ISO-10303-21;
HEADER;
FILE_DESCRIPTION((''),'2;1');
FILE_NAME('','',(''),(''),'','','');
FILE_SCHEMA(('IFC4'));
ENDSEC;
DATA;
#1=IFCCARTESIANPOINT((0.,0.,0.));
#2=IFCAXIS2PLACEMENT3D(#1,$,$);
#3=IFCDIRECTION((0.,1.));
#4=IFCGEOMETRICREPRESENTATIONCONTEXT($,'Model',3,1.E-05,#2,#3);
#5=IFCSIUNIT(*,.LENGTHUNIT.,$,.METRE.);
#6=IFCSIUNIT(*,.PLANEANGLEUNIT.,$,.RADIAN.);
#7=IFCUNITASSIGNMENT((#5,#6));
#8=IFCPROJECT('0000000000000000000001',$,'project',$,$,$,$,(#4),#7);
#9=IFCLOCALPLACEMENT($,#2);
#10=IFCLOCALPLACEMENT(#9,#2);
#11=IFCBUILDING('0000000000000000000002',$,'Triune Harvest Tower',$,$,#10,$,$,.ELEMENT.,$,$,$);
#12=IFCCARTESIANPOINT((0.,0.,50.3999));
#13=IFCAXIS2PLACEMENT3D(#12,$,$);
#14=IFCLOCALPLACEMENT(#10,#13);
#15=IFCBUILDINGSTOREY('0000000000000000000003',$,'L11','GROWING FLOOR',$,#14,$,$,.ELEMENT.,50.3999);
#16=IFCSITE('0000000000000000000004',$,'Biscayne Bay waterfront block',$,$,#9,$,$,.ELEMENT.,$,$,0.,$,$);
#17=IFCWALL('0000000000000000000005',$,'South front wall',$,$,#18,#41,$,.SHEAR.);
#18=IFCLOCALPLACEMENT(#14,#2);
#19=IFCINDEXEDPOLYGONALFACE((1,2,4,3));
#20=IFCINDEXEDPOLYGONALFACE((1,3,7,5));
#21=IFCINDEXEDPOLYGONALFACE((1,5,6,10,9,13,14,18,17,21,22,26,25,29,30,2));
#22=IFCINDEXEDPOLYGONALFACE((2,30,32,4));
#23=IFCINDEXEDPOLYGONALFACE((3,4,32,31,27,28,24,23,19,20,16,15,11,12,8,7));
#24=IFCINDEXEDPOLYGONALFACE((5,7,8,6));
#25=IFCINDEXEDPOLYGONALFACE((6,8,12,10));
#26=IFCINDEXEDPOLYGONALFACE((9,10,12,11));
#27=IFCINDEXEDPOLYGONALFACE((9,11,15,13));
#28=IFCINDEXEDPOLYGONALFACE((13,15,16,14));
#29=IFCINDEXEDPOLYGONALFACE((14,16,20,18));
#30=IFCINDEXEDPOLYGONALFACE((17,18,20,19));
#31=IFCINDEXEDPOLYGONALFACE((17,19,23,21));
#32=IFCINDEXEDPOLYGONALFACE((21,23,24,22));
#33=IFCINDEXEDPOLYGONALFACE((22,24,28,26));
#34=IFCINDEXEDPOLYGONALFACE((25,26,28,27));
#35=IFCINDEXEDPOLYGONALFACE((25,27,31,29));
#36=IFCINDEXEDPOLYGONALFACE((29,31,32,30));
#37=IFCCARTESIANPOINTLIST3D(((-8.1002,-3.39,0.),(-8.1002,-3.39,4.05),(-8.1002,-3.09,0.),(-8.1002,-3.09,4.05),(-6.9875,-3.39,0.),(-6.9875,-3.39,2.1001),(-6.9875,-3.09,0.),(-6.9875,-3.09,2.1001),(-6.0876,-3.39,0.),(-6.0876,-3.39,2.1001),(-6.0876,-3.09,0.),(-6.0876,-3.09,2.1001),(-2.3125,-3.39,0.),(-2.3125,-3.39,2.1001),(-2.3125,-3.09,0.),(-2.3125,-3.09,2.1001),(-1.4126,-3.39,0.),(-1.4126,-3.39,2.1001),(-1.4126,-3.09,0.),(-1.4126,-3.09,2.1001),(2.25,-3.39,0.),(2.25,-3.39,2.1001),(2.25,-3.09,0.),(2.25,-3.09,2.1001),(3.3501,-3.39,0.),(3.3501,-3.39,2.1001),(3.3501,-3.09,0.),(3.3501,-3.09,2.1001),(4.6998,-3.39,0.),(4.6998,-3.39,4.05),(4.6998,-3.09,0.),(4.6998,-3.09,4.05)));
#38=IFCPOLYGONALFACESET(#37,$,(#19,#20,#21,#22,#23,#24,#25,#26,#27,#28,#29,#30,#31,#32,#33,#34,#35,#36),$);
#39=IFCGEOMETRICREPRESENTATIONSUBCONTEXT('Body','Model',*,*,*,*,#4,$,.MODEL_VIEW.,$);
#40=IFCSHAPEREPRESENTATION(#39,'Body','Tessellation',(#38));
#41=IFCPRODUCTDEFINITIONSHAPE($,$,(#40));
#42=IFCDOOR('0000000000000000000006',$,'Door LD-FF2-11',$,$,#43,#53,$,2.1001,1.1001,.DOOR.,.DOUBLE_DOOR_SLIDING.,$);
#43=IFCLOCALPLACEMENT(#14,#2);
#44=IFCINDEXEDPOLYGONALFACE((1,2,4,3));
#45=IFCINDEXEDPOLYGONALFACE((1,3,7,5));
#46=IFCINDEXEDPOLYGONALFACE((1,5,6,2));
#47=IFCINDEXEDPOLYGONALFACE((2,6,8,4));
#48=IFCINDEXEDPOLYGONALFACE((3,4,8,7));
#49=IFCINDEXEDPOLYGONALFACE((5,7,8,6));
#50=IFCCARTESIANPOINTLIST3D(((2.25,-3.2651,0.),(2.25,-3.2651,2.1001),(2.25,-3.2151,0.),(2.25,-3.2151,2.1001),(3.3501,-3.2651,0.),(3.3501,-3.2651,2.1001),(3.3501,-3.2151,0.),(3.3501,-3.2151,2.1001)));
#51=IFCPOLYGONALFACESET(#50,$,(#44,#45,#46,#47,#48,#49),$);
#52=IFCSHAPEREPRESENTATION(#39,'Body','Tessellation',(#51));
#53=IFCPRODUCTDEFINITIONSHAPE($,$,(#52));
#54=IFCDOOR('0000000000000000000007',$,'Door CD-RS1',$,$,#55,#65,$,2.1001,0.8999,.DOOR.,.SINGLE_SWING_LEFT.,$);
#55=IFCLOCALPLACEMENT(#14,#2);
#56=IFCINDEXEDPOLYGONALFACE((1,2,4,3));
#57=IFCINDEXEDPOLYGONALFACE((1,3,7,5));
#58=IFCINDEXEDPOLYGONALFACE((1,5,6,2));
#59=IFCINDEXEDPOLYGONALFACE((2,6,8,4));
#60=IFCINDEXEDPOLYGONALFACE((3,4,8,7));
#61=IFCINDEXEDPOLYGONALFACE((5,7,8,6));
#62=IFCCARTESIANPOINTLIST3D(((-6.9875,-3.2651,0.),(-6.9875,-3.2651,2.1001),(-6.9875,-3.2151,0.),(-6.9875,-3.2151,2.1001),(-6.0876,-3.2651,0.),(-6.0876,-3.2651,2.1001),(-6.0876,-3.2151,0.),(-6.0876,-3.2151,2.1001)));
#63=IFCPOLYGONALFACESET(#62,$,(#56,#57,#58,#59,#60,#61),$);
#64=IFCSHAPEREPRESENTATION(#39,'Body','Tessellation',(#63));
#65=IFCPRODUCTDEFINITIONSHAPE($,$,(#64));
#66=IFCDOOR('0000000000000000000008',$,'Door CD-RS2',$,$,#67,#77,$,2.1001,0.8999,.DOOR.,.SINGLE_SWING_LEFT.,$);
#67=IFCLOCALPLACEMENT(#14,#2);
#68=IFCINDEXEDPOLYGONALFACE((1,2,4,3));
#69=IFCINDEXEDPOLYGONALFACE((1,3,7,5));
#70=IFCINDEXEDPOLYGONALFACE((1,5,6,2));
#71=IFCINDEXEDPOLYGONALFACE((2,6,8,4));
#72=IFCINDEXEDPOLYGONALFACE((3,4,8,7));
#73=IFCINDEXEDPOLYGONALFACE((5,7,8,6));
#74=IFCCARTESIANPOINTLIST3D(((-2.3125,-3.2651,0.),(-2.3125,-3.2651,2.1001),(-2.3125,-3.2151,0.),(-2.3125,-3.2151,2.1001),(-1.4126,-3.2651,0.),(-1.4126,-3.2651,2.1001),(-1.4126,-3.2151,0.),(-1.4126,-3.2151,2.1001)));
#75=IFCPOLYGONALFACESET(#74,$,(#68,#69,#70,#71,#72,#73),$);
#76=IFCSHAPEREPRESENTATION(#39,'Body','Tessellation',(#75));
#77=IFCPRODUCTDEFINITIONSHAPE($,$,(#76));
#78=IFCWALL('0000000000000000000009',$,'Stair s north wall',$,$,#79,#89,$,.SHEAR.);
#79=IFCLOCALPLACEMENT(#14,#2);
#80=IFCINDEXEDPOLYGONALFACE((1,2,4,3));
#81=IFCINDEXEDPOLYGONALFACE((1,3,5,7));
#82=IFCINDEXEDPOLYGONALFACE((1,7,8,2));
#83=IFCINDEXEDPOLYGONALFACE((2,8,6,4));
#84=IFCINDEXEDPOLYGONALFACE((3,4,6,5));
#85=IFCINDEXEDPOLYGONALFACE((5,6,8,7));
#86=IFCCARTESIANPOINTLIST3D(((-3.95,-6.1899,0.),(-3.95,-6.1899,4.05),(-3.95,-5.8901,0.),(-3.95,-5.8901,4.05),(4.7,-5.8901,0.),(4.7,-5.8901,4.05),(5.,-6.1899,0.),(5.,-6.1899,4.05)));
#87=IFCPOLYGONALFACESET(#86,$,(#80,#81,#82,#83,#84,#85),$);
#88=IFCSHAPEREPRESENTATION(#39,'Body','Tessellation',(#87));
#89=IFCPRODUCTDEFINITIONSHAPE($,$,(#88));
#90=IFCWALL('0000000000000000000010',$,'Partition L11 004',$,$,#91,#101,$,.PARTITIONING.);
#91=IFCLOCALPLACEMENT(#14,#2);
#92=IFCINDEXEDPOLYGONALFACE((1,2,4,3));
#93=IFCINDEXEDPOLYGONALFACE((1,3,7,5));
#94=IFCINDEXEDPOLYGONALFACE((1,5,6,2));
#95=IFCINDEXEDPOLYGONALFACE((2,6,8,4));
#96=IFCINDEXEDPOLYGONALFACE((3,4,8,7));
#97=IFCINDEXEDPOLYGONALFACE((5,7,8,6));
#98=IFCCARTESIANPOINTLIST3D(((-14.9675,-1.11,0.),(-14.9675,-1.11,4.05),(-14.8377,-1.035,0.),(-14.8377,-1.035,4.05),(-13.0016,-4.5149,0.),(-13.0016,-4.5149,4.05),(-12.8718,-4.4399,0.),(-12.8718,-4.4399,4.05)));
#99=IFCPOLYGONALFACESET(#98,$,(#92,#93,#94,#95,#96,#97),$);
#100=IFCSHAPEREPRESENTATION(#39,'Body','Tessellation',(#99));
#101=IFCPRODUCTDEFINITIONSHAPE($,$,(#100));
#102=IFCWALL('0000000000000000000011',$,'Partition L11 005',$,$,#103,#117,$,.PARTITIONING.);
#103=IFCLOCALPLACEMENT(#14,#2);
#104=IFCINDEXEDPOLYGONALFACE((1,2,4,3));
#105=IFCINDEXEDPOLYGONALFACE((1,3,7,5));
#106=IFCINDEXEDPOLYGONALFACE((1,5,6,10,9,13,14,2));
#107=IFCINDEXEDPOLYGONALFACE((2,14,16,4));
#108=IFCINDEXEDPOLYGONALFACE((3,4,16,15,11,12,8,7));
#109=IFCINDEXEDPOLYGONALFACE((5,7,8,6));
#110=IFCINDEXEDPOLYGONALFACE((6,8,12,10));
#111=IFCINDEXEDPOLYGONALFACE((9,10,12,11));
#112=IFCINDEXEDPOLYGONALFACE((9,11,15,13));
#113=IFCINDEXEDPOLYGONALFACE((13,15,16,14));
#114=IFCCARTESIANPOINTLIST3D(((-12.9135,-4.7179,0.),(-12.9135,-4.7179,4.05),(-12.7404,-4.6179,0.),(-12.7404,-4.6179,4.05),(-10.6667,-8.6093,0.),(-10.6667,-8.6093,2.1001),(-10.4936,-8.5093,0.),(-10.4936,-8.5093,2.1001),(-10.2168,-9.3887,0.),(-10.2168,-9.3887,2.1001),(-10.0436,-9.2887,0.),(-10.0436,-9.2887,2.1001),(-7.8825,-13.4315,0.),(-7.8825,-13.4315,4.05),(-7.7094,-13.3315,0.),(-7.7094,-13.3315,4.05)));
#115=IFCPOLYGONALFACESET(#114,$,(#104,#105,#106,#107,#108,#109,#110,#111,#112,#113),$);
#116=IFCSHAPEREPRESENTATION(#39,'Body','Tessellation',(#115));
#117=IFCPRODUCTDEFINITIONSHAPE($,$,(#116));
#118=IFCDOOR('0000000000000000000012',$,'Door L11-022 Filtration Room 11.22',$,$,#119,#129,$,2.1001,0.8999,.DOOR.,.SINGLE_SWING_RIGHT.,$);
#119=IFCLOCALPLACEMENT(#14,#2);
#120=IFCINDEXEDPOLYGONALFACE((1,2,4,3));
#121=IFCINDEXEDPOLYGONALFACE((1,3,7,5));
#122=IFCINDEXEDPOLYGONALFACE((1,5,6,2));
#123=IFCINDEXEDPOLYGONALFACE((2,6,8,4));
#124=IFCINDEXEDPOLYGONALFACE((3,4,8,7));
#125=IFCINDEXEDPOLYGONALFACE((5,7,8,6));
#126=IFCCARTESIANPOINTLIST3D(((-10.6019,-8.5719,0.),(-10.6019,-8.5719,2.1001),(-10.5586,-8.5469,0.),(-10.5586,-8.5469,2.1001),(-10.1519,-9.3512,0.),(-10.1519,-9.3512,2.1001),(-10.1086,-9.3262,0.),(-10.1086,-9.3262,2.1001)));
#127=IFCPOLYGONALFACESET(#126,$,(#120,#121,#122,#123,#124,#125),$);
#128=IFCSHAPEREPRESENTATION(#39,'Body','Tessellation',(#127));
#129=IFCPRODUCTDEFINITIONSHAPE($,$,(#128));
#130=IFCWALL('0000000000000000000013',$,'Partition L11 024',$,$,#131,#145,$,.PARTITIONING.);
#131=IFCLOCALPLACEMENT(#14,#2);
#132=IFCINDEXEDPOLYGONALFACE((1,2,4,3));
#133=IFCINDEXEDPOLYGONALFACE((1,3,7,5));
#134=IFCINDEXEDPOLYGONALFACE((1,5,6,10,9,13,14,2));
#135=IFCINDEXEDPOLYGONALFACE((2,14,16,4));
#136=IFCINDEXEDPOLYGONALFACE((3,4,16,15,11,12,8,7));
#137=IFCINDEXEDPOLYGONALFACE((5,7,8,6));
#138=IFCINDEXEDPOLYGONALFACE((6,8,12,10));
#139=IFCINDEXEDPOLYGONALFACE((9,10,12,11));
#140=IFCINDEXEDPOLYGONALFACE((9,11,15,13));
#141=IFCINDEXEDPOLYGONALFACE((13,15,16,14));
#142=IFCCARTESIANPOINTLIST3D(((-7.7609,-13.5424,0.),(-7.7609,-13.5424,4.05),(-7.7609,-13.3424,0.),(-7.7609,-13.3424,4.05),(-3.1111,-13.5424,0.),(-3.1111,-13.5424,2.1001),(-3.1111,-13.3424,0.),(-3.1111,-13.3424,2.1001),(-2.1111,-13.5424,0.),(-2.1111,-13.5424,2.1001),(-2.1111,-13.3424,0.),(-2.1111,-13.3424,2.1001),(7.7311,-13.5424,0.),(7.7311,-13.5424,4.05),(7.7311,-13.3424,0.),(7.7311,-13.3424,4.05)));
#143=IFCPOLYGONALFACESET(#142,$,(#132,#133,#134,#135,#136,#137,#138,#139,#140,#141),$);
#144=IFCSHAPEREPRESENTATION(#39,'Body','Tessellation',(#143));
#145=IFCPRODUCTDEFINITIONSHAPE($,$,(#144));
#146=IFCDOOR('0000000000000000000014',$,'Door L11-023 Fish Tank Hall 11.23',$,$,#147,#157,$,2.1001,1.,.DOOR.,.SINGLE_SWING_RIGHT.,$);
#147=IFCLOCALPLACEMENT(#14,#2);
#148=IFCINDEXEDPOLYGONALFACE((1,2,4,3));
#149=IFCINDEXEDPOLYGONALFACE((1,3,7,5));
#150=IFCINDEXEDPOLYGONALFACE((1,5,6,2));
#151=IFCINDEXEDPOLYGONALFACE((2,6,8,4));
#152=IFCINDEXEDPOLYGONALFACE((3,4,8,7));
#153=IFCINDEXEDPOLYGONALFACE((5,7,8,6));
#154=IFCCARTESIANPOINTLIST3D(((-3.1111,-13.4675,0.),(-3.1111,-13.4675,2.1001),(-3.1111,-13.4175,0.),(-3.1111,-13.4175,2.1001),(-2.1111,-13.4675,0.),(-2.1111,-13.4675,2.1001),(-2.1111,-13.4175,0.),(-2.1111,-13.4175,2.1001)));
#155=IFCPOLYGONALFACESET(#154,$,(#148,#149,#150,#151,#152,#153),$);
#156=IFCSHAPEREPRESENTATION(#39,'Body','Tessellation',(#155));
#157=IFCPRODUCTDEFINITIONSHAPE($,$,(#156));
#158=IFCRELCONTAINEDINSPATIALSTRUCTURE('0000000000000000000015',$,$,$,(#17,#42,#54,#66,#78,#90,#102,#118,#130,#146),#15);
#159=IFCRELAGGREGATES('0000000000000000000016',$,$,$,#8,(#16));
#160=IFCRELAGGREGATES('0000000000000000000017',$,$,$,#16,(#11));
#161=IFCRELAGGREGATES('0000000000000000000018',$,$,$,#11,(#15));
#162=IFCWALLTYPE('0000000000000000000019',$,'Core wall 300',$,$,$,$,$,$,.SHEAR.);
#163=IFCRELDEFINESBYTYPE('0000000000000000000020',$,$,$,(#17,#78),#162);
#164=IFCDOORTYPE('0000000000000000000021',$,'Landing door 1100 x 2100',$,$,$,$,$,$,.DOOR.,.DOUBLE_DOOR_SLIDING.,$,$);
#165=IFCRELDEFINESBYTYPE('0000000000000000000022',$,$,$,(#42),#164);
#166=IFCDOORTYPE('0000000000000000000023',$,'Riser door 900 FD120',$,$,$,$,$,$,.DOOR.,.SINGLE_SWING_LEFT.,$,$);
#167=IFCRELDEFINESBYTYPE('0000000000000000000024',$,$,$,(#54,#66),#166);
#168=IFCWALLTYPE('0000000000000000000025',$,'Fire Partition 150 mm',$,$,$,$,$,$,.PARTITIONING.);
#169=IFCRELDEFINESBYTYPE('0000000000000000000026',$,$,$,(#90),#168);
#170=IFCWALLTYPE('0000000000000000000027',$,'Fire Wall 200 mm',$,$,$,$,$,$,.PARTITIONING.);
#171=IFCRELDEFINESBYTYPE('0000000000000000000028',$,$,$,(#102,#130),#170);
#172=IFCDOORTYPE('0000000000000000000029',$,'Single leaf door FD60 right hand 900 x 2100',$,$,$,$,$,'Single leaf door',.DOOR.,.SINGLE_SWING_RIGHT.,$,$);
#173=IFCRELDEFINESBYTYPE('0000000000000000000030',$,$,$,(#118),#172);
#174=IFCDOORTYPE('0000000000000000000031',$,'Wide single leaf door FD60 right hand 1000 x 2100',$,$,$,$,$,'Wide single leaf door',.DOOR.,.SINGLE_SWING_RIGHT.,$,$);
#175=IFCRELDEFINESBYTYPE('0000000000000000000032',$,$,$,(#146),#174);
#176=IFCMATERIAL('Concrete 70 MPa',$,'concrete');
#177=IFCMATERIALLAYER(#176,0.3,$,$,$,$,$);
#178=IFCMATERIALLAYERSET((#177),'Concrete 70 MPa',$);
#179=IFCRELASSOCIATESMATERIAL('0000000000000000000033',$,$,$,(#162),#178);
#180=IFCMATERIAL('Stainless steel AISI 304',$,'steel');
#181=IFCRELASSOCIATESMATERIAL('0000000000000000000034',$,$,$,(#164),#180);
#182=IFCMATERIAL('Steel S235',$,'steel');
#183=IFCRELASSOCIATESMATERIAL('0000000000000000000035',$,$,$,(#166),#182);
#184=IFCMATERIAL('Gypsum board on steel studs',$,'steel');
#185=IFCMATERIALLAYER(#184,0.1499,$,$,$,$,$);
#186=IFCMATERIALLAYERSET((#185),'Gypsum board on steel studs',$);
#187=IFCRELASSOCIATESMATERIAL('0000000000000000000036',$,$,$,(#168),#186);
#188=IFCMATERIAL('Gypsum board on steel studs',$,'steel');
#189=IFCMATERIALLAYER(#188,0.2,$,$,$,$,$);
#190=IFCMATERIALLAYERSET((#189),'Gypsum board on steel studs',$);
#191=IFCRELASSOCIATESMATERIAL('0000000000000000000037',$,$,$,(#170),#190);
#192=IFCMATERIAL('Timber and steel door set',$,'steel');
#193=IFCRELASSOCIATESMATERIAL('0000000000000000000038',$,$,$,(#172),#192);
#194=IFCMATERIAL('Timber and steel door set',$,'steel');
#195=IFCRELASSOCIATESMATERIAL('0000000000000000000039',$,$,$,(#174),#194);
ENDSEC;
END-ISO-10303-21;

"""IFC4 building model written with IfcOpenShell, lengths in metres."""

from ifc_helpers import new_model, si_unit, direction, frame, frame_2d, origin, place, context, subcontext, project, spatial, polyline, rectangle, outline, extrude, material, layer, layer_set, type_object, element, fill, save


model = new_model("IFC4")

# Units and contexts
model_context = context("Model", 3, precision=1e-05, world=origin(), true_north=direction((0.0, 1.0)))
body_context = subcontext(model_context, "Body", "Model", "MODEL_VIEW")
ifc_project = project(units=[si_unit("LENGTHUNIT", "METRE"), si_unit("PLANEANGLEUNIT", "RADIAN")], contexts=[model_context])

# Site, building, storey
site_placement = place(None, origin())
site = spatial("IfcSite", under=ifc_project, at=site_placement, Name="Biscayne Bay waterfront block", CompositionType="ELEMENT", RefElevation=0.0)
building_placement = place(site_placement, origin())
building = spatial("IfcBuilding", under=site, at=building_placement, Name="Triune Harvest Tower", CompositionType="ELEMENT")
storey_placement = place(building_placement, frame((0.0, 0.0, 50.3999)))
storey = spatial("IfcBuildingStorey", under=building, at=storey_placement, Name="L11", Description="GROWING FLOOR", CompositionType="ELEMENT", Elevation=50.3999)

# Wall, openings, doors
ifc_material_1 = material(Name="Concrete 70 MPa", Category="concrete")
ifc_layer_1 = layer(ifc_material_1, 0.3)
ifc_layer_set_1 = layer_set([ifc_layer_1], Name="Concrete 70 MPa")
wall_type_1 = type_object("IfcWallType", Name="Core wall 300", PredefinedType="SHEAR", material=ifc_layer_set_1)
ifc_material_2 = material(Name="Stainless steel AISI 304", Category="steel")
door_type_1 = type_object("IfcDoorType", Name="Landing door 1100 x 2100", OperationType="DOUBLE_DOOR_SLIDING", PredefinedType="DOOR", material=ifc_material_2)
wall_1_placement = place(storey_placement, frame((-8.1001, -3.24, 0.0), z_axis=(0.0, 0.0, 1.0), x_axis=(1.0, 0.0, 0.0)))
wall_1 = element("IfcWall", 1, at=wall_1_placement, inside=storey, type_object=wall_type_1, Name="South front wall", PredefinedType="SHEAR", context=body_context, shape_type="SweptSolid", body=[
    extrude(rectangle(XDim=12.8, YDim=0.3, at=frame_2d((6.3999, 0.0))), origin(), (0.0, 0.0, 1.0), 4.05),
])
opening_1_placement = place(wall_1_placement, frame((1.1125, 0.0, 0.0)))
opening_1 = element("IfcOpeningElement", 2, at=opening_1_placement, cuts=wall_1, PredefinedType="OPENING", context=body_context, shape_type="SweptSolid", body=[
    extrude(rectangle(XDim=0.8999, YDim=2.1001, at=frame_2d((0.45, 1.05))), frame((0.0, 0.1602, 0.0), z_axis=(0.0, -1.0, 0.0), x_axis=(1.0, 0.0, 0.0)), (0.0, 0.0, 1.0), 0.3201),
])
opening_2_placement = place(wall_1_placement, frame((5.7876, 0.0, 0.0)))
opening_2 = element("IfcOpeningElement", 3, at=opening_2_placement, cuts=wall_1, PredefinedType="OPENING", context=body_context, shape_type="SweptSolid", body=[
    extrude(rectangle(XDim=0.8999, YDim=2.1001, at=frame_2d((0.45, 1.05))), frame((0.0, 0.1602, 0.0), z_axis=(0.0, -1.0, 0.0), x_axis=(1.0, 0.0, 0.0)), (0.0, 0.0, 1.0), 0.3201),
])
opening_3_placement = place(wall_1_placement, frame((10.3501, 0.0, 0.0)))
opening_3 = element("IfcOpeningElement", 4, at=opening_3_placement, cuts=wall_1, PredefinedType="OPENING", context=body_context, shape_type="SweptSolid", body=[
    extrude(rectangle(XDim=1.1001, YDim=2.1001, at=frame_2d((0.55, 1.05))), frame((0.0, 0.1602, 0.0), z_axis=(0.0, -1.0, 0.0), x_axis=(1.0, 0.0, 0.0)), (0.0, 0.0, 1.0), 0.3201),
])
door_1_placement = place(opening_3_placement, origin())
door_1 = element("IfcDoor", 5, at=door_1_placement, inside=storey, type_object=door_type_1, Name="Door LD-FF2-11", OperationType="DOUBLE_DOOR_SLIDING", OverallHeight=2.1001, OverallWidth=1.1001, PredefinedType="DOOR", context=body_context, shape_type="SweptSolid", body=[
    extrude(rectangle(XDim=1.1001, YDim=2.1001, at=frame_2d((0.55, 1.05))), frame((0.0, 0.0249, 0.0), z_axis=(0.0, -1.0, 0.0), x_axis=(1.0, 0.0, 0.0)), (0.0, 0.0, 1.0), 0.05),
])
fill(opening_3, door_1)
ifc_material_3 = material(Name="Steel S235", Category="steel")
door_type_2 = type_object("IfcDoorType", Name="Riser door 900 FD120", OperationType="SINGLE_SWING_LEFT", PredefinedType="DOOR", material=ifc_material_3)
door_2_placement = place(opening_1_placement, origin())
door_2 = element("IfcDoor", 6, at=door_2_placement, inside=storey, type_object=door_type_2, Name="Door CD-RS1", OperationType="SINGLE_SWING_LEFT", OverallHeight=2.1001, OverallWidth=0.8999, PredefinedType="DOOR", context=body_context, shape_type="SweptSolid", body=[
    extrude(rectangle(XDim=0.8999, YDim=2.1001, at=frame_2d((0.45, 1.05))), frame((0.0, 0.0249, 0.0), z_axis=(0.0, -1.0, 0.0), x_axis=(1.0, 0.0, 0.0)), (0.0, 0.0, 1.0), 0.05),
])
fill(opening_1, door_2)
door_3_placement = place(opening_2_placement, origin())
door_3 = element("IfcDoor", 7, at=door_3_placement, inside=storey, type_object=door_type_2, Name="Door CD-RS2", OperationType="SINGLE_SWING_LEFT", OverallHeight=2.1001, OverallWidth=0.8999, PredefinedType="DOOR", context=body_context, shape_type="SweptSolid", body=[
    extrude(rectangle(XDim=0.8999, YDim=2.1001, at=frame_2d((0.45, 1.05))), frame((0.0, 0.0249, 0.0), z_axis=(0.0, -1.0, 0.0), x_axis=(1.0, 0.0, 0.0)), (0.0, 0.0, 1.0), 0.05),
])
fill(opening_2, door_3)

# Walls
wall_2_placement = place(storey_placement, frame((-3.95, -6.04, 0.0), z_axis=(0.0, 0.0, 1.0), x_axis=(1.0, 0.0, 0.0)))
element("IfcWall", 8, at=wall_2_placement, inside=storey, type_object=wall_type_1, Name="Stair s north wall", PredefinedType="SHEAR", context=body_context, shape_type="SweptSolid", body=[
    extrude(outline(polyline([(0.0, -0.1499), (8.95, -0.1499), (8.6499, 0.1499), (0.0, 0.1499), (0.0, -0.1499)])), origin(), (0.0, 0.0, 1.0), 4.05),
])
ifc_material_4 = material(Name="Gypsum board on steel studs", Category="steel")
ifc_layer_2 = layer(ifc_material_4, 0.1499)
ifc_layer_set_2 = layer_set([ifc_layer_2], Name="Gypsum board on steel studs")
wall_type_2 = type_object("IfcWallType", Name="Fire Partition 150 mm", PredefinedType="PARTITIONING", material=ifc_layer_set_2)
wall_3_placement = place(storey_placement, frame((-14.9026, -1.0725, 0.0), z_axis=(0.0, 0.0, 1.0), x_axis=(0.500013, -0.866018, 0.0)))
element("IfcWall", 9, at=wall_3_placement, inside=storey, type_object=wall_type_2, Name="Partition L11 004", PredefinedType="PARTITIONING", context=body_context, shape_type="SweptSolid", body=[
    extrude(rectangle(XDim=3.9316, YDim=0.1499, at=frame_2d((1.9658, 0.0))), origin(), (0.0, 0.0, 1.0), 4.05),
])

# Walls, openings, doors
ifc_material_5 = material(Name="Gypsum board on steel studs", Category="steel")
ifc_layer_3 = layer(ifc_material_5, 0.2)
ifc_layer_set_3 = layer_set([ifc_layer_3], Name="Gypsum board on steel studs")
wall_type_3 = type_object("IfcWallType", Name="Fire Wall 200 mm", PredefinedType="PARTITIONING", material=ifc_layer_set_3)
wall_4_placement = place(storey_placement, frame((-12.8269, -4.668, 0.0), z_axis=(0.0, 0.0, 1.0), x_axis=(0.500014, -0.866017, 0.0)))
wall_4 = element("IfcWall", 10, at=wall_4_placement, inside=storey, type_object=wall_type_3, Name="Partition L11 005", PredefinedType="PARTITIONING", context=body_context, shape_type="SweptSolid", body=[
    extrude(rectangle(XDim=10.0618, YDim=0.2, at=frame_2d((5.0308, 0.0))), origin(), (0.0, 0.0, 1.0), 4.05),
])
opening_4_placement = place(wall_4_placement, frame((4.4934, 0.0, 0.0)))
opening_4 = element("IfcOpeningElement", 11, at=opening_4_placement, cuts=wall_4, PredefinedType="OPENING", context=body_context, shape_type="SweptSolid", body=[
    extrude(rectangle(XDim=0.8999, YDim=2.1001, at=frame_2d((0.45, 1.05))), frame((0.0, 0.1099, 0.0), z_axis=(0.0, -1.0, 0.0), x_axis=(1.0, 0.0, 0.0)), (0.0, 0.0, 1.0), 0.22),
])
ifc_material_6 = material(Name="Timber and steel door set", Category="steel")
door_type_3 = type_object("IfcDoorType", Name="Single leaf door FD60 right hand 900 x 2100", ElementType="Single leaf door", OperationType="SINGLE_SWING_RIGHT", PredefinedType="DOOR", material=ifc_material_6)
door_4_placement = place(opening_4_placement, origin())
door_4 = element("IfcDoor", 12, at=door_4_placement, inside=storey, type_object=door_type_3, Name="Door L11-022 Filtration Room 11.22", OperationType="SINGLE_SWING_RIGHT", OverallHeight=2.1001, OverallWidth=0.8999, PredefinedType="DOOR", context=body_context, shape_type="SweptSolid", body=[
    extrude(rectangle(XDim=0.8999, YDim=2.1001, at=frame_2d((0.45, 1.05))), frame((0.0, 0.0249, 0.0), z_axis=(0.0, -1.0, 0.0), x_axis=(1.0, 0.0, 0.0)), (0.0, 0.0, 1.0), 0.05),
])
fill(opening_4, door_4)
wall_5_placement = place(storey_placement, frame((-7.761, -13.4424, 0.0), z_axis=(0.0, 0.0, 1.0), x_axis=(1.0, 0.0, 0.0)))
wall_5 = element("IfcWall", 13, at=wall_5_placement, inside=storey, type_object=wall_type_3, Name="Partition L11 024", PredefinedType="PARTITIONING", context=body_context, shape_type="SweptSolid", body=[
    extrude(rectangle(XDim=15.4919, YDim=0.2, at=frame_2d((7.7461, 0.0))), origin(), (0.0, 0.0, 1.0), 4.05),
])
opening_5_placement = place(wall_5_placement, frame((4.6499, 0.0, 0.0)))
opening_5 = element("IfcOpeningElement", 14, at=opening_5_placement, cuts=wall_5, PredefinedType="OPENING", context=body_context, shape_type="SweptSolid", body=[
    extrude(rectangle(XDim=1.0, YDim=2.1001, at=frame_2d((0.5, 1.05))), frame((0.0, 0.1099, 0.0), z_axis=(0.0, -1.0, 0.0), x_axis=(1.0, 0.0, 0.0)), (0.0, 0.0, 1.0), 0.22),
])
ifc_material_7 = material(Name="Timber and steel door set", Category="steel")
door_type_4 = type_object("IfcDoorType", Name="Wide single leaf door FD60 right hand 1000 x 2100", ElementType="Wide single leaf door", OperationType="SINGLE_SWING_RIGHT", PredefinedType="DOOR", material=ifc_material_7)
door_5_placement = place(opening_5_placement, origin())
door_5 = element("IfcDoor", 15, at=door_5_placement, inside=storey, type_object=door_type_4, Name="Door L11-023 Fish Tank Hall 11.23", OperationType="SINGLE_SWING_RIGHT", OverallHeight=2.1001, OverallWidth=1.0, PredefinedType="DOOR", context=body_context, shape_type="SweptSolid", body=[
    extrude(rectangle(XDim=1.0, YDim=2.1001, at=frame_2d((0.5, 1.05))), frame((0.0, 0.0249, 0.0), z_axis=(0.0, -1.0, 0.0), x_axis=(1.0, 0.0, 0.0)), (0.0, 0.0, 1.0), 0.05),
])
fill(opening_5, door_5)

save(model, "model.ifc")
